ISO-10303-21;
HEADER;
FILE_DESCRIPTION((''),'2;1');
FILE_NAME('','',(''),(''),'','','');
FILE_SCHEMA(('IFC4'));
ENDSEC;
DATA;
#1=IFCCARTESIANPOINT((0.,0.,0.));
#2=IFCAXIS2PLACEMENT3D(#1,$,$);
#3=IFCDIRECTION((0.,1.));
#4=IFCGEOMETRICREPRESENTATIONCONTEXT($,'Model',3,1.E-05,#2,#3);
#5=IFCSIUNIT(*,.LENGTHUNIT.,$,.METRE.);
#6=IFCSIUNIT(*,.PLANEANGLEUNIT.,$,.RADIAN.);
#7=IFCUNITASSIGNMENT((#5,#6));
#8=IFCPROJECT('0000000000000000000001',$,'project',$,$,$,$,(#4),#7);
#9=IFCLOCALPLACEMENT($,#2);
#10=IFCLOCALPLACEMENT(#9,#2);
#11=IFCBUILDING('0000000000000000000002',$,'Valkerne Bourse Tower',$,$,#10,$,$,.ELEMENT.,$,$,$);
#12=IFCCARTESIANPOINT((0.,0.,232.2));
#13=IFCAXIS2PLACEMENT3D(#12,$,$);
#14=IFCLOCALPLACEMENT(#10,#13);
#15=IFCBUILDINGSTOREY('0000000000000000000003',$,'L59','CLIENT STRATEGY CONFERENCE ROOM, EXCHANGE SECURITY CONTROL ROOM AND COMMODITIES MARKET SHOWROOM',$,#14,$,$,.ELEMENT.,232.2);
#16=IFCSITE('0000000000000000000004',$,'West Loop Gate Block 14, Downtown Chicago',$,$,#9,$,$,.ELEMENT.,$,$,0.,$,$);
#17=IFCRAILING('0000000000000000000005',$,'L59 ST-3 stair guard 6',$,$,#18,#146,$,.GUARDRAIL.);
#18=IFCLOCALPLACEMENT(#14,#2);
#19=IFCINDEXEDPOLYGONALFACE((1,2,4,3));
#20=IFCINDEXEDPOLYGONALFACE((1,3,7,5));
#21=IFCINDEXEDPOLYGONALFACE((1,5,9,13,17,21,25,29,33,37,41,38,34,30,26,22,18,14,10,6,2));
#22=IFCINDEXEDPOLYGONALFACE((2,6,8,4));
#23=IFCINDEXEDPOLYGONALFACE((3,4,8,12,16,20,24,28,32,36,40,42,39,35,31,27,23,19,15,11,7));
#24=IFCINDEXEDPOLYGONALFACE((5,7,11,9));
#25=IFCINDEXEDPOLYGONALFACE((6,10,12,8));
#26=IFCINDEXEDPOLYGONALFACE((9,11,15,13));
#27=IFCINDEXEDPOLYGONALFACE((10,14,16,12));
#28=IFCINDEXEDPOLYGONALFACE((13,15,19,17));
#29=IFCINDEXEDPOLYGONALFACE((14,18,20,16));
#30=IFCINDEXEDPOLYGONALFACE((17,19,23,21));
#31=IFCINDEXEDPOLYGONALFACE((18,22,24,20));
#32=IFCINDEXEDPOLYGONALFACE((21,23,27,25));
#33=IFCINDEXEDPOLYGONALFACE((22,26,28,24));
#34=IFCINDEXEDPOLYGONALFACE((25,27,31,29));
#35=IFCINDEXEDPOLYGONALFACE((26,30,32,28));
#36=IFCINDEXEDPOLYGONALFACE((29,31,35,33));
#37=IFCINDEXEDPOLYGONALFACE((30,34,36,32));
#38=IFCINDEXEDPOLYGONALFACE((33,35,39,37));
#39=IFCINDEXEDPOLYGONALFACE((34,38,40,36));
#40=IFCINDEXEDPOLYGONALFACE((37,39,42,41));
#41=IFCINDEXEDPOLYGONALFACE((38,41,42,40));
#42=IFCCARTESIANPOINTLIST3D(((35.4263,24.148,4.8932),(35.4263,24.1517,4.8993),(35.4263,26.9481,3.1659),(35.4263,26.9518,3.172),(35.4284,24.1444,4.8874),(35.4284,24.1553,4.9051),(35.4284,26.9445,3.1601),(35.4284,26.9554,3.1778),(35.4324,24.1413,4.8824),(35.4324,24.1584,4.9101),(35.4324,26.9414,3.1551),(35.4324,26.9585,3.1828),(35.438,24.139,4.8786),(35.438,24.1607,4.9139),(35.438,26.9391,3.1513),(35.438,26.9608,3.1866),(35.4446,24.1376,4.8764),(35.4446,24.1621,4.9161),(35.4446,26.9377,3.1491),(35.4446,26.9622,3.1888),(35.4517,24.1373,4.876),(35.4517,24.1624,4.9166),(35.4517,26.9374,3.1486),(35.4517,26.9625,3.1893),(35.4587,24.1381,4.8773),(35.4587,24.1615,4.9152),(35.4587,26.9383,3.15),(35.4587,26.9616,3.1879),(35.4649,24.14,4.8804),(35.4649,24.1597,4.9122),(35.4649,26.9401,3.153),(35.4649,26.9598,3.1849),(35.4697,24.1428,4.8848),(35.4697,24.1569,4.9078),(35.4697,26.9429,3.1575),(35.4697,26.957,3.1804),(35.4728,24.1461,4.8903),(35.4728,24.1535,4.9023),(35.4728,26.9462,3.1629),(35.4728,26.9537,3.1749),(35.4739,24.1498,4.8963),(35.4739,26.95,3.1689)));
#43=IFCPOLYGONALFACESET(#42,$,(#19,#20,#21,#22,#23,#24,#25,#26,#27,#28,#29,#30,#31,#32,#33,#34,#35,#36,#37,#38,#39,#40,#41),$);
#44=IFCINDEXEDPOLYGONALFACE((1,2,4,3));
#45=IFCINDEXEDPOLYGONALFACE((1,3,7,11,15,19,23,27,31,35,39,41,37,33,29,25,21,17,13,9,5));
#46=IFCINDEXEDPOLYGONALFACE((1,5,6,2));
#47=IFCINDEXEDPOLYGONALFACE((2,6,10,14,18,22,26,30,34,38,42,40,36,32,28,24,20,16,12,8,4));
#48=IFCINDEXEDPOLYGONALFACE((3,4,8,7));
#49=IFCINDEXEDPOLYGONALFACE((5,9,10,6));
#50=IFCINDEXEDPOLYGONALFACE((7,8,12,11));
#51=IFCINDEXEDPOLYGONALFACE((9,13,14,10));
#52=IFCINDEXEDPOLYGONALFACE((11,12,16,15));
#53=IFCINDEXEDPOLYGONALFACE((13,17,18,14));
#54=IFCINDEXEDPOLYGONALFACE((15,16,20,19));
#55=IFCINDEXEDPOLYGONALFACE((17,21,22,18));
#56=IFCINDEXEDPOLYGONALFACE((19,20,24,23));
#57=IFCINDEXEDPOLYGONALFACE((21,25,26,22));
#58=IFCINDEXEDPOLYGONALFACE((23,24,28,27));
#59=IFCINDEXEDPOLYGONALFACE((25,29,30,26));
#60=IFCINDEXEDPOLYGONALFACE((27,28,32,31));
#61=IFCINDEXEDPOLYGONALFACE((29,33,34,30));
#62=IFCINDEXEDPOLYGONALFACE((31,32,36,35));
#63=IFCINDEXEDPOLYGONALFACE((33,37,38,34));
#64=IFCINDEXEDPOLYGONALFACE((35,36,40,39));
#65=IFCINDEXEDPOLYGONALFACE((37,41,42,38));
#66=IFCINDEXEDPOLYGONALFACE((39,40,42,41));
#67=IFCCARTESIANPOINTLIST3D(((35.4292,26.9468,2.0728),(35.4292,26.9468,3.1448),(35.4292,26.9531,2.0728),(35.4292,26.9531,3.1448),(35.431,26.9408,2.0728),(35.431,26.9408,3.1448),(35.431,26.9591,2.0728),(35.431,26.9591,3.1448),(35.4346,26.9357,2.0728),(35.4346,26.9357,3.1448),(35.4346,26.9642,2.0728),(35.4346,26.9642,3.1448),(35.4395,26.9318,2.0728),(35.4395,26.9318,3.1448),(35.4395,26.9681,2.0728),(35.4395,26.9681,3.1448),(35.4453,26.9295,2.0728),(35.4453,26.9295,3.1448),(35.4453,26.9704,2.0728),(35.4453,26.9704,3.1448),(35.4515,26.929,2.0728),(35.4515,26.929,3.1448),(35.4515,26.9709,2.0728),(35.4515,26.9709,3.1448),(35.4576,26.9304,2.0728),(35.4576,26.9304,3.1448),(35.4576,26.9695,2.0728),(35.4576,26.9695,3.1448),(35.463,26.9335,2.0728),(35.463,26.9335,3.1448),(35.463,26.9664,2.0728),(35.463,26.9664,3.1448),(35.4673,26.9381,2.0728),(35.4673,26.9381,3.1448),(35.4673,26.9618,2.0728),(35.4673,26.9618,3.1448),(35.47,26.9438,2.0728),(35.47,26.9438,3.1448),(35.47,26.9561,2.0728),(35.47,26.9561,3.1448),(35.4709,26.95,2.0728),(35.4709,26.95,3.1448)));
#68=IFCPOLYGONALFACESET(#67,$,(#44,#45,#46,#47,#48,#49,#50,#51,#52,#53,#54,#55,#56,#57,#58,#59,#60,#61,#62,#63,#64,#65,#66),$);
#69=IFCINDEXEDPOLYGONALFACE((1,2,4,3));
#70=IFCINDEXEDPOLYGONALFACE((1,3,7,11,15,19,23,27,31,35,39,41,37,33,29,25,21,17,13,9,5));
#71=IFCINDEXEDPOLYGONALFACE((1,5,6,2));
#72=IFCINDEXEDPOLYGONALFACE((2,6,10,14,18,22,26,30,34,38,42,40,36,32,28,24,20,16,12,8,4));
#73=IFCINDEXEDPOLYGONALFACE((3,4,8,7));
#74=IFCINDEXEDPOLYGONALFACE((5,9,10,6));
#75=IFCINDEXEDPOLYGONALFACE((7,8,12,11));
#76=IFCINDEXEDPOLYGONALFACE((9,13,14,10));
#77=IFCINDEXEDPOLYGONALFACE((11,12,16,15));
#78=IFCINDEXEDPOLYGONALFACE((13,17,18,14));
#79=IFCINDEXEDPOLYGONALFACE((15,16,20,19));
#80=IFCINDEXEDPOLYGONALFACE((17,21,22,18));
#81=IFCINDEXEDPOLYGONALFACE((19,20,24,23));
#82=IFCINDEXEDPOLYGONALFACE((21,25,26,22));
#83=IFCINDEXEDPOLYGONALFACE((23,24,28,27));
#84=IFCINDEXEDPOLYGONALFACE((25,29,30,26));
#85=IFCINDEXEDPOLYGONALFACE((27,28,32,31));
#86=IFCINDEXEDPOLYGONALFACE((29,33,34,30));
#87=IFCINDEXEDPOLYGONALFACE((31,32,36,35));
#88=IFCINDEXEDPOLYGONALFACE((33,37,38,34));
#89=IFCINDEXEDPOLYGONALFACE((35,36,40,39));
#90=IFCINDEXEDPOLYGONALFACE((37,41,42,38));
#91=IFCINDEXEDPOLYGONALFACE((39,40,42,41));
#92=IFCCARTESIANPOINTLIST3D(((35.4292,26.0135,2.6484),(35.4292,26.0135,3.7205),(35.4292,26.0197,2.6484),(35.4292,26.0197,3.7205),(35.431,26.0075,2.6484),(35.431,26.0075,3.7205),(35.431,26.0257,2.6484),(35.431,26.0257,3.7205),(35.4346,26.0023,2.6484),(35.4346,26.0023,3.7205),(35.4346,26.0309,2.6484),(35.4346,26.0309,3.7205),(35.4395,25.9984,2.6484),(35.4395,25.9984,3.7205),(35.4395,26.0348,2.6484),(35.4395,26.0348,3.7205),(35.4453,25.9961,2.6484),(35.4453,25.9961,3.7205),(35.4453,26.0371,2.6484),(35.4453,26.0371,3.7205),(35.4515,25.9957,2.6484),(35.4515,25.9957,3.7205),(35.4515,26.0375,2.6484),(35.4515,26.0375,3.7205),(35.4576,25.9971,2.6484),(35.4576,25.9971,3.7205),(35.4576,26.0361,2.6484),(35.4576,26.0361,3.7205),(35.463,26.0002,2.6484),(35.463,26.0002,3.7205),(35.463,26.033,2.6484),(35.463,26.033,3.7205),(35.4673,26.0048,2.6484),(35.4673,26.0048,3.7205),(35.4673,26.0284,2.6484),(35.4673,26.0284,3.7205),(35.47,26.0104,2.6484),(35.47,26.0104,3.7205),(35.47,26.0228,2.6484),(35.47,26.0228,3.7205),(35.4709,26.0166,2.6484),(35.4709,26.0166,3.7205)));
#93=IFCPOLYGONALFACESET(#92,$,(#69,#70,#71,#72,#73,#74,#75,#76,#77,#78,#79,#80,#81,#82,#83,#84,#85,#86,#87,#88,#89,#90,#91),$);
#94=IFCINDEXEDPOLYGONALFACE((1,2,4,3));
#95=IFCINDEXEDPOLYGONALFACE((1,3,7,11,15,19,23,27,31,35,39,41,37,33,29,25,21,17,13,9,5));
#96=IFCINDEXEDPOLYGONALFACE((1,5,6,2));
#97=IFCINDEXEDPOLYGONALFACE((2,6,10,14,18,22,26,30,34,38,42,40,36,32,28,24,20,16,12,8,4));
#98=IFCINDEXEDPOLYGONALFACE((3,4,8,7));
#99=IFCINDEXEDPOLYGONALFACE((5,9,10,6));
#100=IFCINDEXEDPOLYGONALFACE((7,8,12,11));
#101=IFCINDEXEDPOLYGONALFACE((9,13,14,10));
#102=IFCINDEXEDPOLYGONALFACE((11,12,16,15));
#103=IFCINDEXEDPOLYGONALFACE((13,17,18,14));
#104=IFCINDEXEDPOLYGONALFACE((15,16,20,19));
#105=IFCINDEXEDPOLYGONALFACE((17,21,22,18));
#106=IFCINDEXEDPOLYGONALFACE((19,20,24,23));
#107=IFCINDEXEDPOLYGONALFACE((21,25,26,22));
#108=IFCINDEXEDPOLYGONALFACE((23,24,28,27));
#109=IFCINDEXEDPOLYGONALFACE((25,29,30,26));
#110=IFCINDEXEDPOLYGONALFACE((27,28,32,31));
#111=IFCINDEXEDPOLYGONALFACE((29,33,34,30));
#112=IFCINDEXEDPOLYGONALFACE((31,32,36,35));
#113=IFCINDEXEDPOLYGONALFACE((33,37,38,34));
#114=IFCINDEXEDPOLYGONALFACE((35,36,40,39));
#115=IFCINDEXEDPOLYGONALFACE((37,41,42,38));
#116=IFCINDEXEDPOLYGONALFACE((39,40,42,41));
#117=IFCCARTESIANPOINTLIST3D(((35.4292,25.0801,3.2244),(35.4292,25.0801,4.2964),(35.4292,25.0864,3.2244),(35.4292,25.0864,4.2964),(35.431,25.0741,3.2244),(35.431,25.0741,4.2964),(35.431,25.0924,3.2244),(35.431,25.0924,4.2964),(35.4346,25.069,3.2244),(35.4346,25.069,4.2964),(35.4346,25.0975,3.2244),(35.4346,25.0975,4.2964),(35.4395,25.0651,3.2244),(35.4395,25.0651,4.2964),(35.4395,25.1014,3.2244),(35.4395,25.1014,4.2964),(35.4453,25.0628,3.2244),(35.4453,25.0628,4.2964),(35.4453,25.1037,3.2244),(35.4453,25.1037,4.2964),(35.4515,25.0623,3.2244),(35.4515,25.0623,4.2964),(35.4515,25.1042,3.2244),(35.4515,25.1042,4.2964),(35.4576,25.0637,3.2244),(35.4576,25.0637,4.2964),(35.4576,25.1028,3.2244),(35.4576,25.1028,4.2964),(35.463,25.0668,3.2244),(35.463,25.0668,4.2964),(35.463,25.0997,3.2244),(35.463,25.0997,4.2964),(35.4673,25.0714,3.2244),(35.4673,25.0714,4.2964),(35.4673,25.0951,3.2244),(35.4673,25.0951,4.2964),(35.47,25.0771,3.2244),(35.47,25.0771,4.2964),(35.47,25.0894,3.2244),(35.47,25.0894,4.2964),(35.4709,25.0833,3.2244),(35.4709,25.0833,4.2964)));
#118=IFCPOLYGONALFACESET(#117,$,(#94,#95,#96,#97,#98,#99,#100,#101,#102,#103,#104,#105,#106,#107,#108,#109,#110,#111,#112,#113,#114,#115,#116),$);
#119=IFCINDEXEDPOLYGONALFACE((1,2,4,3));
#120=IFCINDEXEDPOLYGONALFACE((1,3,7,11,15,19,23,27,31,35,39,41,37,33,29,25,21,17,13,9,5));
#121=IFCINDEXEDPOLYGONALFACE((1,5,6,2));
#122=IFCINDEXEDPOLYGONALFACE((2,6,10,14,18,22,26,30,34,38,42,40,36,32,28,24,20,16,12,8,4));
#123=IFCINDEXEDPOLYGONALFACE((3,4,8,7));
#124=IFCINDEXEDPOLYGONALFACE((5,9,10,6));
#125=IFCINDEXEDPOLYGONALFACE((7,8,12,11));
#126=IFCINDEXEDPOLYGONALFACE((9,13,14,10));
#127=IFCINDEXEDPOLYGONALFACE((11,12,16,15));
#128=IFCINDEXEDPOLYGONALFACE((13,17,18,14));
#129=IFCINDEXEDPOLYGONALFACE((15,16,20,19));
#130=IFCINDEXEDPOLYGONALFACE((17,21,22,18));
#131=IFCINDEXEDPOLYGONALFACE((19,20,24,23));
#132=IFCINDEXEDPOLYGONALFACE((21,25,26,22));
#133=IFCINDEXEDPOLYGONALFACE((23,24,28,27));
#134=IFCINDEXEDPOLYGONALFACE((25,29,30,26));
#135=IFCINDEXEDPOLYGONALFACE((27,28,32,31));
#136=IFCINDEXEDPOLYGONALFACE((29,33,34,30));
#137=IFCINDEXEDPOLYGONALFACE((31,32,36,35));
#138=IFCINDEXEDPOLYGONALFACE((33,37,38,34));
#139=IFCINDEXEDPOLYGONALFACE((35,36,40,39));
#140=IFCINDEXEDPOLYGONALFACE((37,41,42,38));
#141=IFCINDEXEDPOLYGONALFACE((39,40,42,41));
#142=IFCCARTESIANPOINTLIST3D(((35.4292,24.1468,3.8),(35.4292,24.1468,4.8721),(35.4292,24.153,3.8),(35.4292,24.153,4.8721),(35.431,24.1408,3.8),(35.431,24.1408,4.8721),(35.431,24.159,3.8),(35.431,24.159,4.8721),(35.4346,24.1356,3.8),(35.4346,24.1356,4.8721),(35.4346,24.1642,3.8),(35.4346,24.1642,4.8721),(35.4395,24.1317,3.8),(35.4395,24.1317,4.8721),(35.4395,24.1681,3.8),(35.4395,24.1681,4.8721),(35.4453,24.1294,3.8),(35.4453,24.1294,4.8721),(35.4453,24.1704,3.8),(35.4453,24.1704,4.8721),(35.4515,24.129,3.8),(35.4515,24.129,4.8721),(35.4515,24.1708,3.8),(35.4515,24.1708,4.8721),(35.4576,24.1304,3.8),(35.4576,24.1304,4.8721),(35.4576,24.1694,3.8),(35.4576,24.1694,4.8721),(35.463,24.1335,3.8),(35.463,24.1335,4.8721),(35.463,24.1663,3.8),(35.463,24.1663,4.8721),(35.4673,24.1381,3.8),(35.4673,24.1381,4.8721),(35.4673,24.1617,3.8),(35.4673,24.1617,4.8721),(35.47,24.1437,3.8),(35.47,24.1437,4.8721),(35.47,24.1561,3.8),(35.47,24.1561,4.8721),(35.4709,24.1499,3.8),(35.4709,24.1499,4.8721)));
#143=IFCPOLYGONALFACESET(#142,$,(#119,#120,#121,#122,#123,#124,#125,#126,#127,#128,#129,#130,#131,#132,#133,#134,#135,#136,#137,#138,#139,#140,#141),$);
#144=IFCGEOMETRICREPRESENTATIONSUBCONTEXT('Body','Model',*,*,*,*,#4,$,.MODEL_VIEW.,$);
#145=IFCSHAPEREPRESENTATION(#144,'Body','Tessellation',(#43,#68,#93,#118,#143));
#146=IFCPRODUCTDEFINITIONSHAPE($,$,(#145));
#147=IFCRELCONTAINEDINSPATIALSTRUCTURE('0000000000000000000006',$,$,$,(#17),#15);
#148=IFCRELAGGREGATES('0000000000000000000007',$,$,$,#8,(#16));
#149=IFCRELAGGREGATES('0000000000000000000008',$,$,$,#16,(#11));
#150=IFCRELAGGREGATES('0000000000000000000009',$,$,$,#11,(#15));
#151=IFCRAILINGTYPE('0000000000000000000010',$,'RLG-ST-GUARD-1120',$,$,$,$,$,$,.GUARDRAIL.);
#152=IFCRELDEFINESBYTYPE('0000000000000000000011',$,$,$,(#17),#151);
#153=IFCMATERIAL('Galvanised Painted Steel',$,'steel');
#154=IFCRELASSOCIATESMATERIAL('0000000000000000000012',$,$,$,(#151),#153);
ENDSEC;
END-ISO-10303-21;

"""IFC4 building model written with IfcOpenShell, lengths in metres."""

from ifc_helpers import new_model, si_unit, direction, frame, origin, origin_2d, place, context, subcontext, project, spatial, circle, extrude, material, type_object, element, save


model = new_model("IFC4")

# Units and contexts
model_context = context("Model", 3, precision=1e-05, world=origin(), true_north=direction((0.0, 1.0)))
body_context = subcontext(model_context, "Body", "Model", "MODEL_VIEW")
ifc_project = project(units=[si_unit("LENGTHUNIT", "METRE"), si_unit("PLANEANGLEUNIT", "RADIAN")], contexts=[model_context])

# Site, building, storey
site_placement = place(None, origin())
site = spatial("IfcSite", under=ifc_project, at=site_placement, Name="West Loop Gate Block 14, Downtown Chicago", CompositionType="ELEMENT", RefElevation=0.0)
building_placement = place(site_placement, origin())
building = spatial("IfcBuilding", under=site, at=building_placement, Name="Valkerne Bourse Tower", CompositionType="ELEMENT")
storey_placement = place(building_placement, frame((0.0, 0.0, 232.2)))
storey = spatial("IfcBuildingStorey", under=building, at=storey_placement, Name="L59", Description="CLIENT STRATEGY CONFERENCE ROOM, EXCHANGE SECURITY CONTROL ROOM AND COMMODITIES MARKET SHOWROOM", CompositionType="ELEMENT", Elevation=232.2)

# Railing
ifc_material_1 = material(Name="Galvanised Painted Steel", Category="steel")
railing_type_1 = type_object("IfcRailingType", Name="RLG-ST-GUARD-1120", PredefinedType="GUARDRAIL", material=ifc_material_1)
railing_1_placement = place(storey_placement, frame((35.45, 26.95, 2.0728)))
element("IfcRailing", 1, at=railing_1_placement, inside=storey, type_object=railing_type_1, Name="L59 ST-3 stair guard 6", PredefinedType="GUARDRAIL", context=body_context, shape_type="SweptSolid", body=[
    extrude(circle(Radius=0.0239, at=origin_2d()), frame((0.0, 0.0, 1.0962), z_axis=(0.0, -0.85109, 0.52502), x_axis=(1.0, 0.0, 0.0)), (0.0, 0.0, 1.0), 3.29),
    extrude(circle(Radius=0.021, at=origin_2d()), origin(), (0.0, 0.0, 1.0), 1.072),
    extrude(circle(Radius=0.021, at=origin_2d()), frame((0.0, -0.9333, 0.5757)), (0.0, 0.0, 1.0), 1.072),
    extrude(circle(Radius=0.021, at=origin_2d()), frame((0.0, -1.8667, 1.1516)), (0.0, 0.0, 1.0), 1.072),
    extrude(circle(Radius=0.021, at=origin_2d()), frame((0.0, -2.8, 1.7273)), (0.0, 0.0, 1.0), 1.072),
])

save(model, "model.ifc")
